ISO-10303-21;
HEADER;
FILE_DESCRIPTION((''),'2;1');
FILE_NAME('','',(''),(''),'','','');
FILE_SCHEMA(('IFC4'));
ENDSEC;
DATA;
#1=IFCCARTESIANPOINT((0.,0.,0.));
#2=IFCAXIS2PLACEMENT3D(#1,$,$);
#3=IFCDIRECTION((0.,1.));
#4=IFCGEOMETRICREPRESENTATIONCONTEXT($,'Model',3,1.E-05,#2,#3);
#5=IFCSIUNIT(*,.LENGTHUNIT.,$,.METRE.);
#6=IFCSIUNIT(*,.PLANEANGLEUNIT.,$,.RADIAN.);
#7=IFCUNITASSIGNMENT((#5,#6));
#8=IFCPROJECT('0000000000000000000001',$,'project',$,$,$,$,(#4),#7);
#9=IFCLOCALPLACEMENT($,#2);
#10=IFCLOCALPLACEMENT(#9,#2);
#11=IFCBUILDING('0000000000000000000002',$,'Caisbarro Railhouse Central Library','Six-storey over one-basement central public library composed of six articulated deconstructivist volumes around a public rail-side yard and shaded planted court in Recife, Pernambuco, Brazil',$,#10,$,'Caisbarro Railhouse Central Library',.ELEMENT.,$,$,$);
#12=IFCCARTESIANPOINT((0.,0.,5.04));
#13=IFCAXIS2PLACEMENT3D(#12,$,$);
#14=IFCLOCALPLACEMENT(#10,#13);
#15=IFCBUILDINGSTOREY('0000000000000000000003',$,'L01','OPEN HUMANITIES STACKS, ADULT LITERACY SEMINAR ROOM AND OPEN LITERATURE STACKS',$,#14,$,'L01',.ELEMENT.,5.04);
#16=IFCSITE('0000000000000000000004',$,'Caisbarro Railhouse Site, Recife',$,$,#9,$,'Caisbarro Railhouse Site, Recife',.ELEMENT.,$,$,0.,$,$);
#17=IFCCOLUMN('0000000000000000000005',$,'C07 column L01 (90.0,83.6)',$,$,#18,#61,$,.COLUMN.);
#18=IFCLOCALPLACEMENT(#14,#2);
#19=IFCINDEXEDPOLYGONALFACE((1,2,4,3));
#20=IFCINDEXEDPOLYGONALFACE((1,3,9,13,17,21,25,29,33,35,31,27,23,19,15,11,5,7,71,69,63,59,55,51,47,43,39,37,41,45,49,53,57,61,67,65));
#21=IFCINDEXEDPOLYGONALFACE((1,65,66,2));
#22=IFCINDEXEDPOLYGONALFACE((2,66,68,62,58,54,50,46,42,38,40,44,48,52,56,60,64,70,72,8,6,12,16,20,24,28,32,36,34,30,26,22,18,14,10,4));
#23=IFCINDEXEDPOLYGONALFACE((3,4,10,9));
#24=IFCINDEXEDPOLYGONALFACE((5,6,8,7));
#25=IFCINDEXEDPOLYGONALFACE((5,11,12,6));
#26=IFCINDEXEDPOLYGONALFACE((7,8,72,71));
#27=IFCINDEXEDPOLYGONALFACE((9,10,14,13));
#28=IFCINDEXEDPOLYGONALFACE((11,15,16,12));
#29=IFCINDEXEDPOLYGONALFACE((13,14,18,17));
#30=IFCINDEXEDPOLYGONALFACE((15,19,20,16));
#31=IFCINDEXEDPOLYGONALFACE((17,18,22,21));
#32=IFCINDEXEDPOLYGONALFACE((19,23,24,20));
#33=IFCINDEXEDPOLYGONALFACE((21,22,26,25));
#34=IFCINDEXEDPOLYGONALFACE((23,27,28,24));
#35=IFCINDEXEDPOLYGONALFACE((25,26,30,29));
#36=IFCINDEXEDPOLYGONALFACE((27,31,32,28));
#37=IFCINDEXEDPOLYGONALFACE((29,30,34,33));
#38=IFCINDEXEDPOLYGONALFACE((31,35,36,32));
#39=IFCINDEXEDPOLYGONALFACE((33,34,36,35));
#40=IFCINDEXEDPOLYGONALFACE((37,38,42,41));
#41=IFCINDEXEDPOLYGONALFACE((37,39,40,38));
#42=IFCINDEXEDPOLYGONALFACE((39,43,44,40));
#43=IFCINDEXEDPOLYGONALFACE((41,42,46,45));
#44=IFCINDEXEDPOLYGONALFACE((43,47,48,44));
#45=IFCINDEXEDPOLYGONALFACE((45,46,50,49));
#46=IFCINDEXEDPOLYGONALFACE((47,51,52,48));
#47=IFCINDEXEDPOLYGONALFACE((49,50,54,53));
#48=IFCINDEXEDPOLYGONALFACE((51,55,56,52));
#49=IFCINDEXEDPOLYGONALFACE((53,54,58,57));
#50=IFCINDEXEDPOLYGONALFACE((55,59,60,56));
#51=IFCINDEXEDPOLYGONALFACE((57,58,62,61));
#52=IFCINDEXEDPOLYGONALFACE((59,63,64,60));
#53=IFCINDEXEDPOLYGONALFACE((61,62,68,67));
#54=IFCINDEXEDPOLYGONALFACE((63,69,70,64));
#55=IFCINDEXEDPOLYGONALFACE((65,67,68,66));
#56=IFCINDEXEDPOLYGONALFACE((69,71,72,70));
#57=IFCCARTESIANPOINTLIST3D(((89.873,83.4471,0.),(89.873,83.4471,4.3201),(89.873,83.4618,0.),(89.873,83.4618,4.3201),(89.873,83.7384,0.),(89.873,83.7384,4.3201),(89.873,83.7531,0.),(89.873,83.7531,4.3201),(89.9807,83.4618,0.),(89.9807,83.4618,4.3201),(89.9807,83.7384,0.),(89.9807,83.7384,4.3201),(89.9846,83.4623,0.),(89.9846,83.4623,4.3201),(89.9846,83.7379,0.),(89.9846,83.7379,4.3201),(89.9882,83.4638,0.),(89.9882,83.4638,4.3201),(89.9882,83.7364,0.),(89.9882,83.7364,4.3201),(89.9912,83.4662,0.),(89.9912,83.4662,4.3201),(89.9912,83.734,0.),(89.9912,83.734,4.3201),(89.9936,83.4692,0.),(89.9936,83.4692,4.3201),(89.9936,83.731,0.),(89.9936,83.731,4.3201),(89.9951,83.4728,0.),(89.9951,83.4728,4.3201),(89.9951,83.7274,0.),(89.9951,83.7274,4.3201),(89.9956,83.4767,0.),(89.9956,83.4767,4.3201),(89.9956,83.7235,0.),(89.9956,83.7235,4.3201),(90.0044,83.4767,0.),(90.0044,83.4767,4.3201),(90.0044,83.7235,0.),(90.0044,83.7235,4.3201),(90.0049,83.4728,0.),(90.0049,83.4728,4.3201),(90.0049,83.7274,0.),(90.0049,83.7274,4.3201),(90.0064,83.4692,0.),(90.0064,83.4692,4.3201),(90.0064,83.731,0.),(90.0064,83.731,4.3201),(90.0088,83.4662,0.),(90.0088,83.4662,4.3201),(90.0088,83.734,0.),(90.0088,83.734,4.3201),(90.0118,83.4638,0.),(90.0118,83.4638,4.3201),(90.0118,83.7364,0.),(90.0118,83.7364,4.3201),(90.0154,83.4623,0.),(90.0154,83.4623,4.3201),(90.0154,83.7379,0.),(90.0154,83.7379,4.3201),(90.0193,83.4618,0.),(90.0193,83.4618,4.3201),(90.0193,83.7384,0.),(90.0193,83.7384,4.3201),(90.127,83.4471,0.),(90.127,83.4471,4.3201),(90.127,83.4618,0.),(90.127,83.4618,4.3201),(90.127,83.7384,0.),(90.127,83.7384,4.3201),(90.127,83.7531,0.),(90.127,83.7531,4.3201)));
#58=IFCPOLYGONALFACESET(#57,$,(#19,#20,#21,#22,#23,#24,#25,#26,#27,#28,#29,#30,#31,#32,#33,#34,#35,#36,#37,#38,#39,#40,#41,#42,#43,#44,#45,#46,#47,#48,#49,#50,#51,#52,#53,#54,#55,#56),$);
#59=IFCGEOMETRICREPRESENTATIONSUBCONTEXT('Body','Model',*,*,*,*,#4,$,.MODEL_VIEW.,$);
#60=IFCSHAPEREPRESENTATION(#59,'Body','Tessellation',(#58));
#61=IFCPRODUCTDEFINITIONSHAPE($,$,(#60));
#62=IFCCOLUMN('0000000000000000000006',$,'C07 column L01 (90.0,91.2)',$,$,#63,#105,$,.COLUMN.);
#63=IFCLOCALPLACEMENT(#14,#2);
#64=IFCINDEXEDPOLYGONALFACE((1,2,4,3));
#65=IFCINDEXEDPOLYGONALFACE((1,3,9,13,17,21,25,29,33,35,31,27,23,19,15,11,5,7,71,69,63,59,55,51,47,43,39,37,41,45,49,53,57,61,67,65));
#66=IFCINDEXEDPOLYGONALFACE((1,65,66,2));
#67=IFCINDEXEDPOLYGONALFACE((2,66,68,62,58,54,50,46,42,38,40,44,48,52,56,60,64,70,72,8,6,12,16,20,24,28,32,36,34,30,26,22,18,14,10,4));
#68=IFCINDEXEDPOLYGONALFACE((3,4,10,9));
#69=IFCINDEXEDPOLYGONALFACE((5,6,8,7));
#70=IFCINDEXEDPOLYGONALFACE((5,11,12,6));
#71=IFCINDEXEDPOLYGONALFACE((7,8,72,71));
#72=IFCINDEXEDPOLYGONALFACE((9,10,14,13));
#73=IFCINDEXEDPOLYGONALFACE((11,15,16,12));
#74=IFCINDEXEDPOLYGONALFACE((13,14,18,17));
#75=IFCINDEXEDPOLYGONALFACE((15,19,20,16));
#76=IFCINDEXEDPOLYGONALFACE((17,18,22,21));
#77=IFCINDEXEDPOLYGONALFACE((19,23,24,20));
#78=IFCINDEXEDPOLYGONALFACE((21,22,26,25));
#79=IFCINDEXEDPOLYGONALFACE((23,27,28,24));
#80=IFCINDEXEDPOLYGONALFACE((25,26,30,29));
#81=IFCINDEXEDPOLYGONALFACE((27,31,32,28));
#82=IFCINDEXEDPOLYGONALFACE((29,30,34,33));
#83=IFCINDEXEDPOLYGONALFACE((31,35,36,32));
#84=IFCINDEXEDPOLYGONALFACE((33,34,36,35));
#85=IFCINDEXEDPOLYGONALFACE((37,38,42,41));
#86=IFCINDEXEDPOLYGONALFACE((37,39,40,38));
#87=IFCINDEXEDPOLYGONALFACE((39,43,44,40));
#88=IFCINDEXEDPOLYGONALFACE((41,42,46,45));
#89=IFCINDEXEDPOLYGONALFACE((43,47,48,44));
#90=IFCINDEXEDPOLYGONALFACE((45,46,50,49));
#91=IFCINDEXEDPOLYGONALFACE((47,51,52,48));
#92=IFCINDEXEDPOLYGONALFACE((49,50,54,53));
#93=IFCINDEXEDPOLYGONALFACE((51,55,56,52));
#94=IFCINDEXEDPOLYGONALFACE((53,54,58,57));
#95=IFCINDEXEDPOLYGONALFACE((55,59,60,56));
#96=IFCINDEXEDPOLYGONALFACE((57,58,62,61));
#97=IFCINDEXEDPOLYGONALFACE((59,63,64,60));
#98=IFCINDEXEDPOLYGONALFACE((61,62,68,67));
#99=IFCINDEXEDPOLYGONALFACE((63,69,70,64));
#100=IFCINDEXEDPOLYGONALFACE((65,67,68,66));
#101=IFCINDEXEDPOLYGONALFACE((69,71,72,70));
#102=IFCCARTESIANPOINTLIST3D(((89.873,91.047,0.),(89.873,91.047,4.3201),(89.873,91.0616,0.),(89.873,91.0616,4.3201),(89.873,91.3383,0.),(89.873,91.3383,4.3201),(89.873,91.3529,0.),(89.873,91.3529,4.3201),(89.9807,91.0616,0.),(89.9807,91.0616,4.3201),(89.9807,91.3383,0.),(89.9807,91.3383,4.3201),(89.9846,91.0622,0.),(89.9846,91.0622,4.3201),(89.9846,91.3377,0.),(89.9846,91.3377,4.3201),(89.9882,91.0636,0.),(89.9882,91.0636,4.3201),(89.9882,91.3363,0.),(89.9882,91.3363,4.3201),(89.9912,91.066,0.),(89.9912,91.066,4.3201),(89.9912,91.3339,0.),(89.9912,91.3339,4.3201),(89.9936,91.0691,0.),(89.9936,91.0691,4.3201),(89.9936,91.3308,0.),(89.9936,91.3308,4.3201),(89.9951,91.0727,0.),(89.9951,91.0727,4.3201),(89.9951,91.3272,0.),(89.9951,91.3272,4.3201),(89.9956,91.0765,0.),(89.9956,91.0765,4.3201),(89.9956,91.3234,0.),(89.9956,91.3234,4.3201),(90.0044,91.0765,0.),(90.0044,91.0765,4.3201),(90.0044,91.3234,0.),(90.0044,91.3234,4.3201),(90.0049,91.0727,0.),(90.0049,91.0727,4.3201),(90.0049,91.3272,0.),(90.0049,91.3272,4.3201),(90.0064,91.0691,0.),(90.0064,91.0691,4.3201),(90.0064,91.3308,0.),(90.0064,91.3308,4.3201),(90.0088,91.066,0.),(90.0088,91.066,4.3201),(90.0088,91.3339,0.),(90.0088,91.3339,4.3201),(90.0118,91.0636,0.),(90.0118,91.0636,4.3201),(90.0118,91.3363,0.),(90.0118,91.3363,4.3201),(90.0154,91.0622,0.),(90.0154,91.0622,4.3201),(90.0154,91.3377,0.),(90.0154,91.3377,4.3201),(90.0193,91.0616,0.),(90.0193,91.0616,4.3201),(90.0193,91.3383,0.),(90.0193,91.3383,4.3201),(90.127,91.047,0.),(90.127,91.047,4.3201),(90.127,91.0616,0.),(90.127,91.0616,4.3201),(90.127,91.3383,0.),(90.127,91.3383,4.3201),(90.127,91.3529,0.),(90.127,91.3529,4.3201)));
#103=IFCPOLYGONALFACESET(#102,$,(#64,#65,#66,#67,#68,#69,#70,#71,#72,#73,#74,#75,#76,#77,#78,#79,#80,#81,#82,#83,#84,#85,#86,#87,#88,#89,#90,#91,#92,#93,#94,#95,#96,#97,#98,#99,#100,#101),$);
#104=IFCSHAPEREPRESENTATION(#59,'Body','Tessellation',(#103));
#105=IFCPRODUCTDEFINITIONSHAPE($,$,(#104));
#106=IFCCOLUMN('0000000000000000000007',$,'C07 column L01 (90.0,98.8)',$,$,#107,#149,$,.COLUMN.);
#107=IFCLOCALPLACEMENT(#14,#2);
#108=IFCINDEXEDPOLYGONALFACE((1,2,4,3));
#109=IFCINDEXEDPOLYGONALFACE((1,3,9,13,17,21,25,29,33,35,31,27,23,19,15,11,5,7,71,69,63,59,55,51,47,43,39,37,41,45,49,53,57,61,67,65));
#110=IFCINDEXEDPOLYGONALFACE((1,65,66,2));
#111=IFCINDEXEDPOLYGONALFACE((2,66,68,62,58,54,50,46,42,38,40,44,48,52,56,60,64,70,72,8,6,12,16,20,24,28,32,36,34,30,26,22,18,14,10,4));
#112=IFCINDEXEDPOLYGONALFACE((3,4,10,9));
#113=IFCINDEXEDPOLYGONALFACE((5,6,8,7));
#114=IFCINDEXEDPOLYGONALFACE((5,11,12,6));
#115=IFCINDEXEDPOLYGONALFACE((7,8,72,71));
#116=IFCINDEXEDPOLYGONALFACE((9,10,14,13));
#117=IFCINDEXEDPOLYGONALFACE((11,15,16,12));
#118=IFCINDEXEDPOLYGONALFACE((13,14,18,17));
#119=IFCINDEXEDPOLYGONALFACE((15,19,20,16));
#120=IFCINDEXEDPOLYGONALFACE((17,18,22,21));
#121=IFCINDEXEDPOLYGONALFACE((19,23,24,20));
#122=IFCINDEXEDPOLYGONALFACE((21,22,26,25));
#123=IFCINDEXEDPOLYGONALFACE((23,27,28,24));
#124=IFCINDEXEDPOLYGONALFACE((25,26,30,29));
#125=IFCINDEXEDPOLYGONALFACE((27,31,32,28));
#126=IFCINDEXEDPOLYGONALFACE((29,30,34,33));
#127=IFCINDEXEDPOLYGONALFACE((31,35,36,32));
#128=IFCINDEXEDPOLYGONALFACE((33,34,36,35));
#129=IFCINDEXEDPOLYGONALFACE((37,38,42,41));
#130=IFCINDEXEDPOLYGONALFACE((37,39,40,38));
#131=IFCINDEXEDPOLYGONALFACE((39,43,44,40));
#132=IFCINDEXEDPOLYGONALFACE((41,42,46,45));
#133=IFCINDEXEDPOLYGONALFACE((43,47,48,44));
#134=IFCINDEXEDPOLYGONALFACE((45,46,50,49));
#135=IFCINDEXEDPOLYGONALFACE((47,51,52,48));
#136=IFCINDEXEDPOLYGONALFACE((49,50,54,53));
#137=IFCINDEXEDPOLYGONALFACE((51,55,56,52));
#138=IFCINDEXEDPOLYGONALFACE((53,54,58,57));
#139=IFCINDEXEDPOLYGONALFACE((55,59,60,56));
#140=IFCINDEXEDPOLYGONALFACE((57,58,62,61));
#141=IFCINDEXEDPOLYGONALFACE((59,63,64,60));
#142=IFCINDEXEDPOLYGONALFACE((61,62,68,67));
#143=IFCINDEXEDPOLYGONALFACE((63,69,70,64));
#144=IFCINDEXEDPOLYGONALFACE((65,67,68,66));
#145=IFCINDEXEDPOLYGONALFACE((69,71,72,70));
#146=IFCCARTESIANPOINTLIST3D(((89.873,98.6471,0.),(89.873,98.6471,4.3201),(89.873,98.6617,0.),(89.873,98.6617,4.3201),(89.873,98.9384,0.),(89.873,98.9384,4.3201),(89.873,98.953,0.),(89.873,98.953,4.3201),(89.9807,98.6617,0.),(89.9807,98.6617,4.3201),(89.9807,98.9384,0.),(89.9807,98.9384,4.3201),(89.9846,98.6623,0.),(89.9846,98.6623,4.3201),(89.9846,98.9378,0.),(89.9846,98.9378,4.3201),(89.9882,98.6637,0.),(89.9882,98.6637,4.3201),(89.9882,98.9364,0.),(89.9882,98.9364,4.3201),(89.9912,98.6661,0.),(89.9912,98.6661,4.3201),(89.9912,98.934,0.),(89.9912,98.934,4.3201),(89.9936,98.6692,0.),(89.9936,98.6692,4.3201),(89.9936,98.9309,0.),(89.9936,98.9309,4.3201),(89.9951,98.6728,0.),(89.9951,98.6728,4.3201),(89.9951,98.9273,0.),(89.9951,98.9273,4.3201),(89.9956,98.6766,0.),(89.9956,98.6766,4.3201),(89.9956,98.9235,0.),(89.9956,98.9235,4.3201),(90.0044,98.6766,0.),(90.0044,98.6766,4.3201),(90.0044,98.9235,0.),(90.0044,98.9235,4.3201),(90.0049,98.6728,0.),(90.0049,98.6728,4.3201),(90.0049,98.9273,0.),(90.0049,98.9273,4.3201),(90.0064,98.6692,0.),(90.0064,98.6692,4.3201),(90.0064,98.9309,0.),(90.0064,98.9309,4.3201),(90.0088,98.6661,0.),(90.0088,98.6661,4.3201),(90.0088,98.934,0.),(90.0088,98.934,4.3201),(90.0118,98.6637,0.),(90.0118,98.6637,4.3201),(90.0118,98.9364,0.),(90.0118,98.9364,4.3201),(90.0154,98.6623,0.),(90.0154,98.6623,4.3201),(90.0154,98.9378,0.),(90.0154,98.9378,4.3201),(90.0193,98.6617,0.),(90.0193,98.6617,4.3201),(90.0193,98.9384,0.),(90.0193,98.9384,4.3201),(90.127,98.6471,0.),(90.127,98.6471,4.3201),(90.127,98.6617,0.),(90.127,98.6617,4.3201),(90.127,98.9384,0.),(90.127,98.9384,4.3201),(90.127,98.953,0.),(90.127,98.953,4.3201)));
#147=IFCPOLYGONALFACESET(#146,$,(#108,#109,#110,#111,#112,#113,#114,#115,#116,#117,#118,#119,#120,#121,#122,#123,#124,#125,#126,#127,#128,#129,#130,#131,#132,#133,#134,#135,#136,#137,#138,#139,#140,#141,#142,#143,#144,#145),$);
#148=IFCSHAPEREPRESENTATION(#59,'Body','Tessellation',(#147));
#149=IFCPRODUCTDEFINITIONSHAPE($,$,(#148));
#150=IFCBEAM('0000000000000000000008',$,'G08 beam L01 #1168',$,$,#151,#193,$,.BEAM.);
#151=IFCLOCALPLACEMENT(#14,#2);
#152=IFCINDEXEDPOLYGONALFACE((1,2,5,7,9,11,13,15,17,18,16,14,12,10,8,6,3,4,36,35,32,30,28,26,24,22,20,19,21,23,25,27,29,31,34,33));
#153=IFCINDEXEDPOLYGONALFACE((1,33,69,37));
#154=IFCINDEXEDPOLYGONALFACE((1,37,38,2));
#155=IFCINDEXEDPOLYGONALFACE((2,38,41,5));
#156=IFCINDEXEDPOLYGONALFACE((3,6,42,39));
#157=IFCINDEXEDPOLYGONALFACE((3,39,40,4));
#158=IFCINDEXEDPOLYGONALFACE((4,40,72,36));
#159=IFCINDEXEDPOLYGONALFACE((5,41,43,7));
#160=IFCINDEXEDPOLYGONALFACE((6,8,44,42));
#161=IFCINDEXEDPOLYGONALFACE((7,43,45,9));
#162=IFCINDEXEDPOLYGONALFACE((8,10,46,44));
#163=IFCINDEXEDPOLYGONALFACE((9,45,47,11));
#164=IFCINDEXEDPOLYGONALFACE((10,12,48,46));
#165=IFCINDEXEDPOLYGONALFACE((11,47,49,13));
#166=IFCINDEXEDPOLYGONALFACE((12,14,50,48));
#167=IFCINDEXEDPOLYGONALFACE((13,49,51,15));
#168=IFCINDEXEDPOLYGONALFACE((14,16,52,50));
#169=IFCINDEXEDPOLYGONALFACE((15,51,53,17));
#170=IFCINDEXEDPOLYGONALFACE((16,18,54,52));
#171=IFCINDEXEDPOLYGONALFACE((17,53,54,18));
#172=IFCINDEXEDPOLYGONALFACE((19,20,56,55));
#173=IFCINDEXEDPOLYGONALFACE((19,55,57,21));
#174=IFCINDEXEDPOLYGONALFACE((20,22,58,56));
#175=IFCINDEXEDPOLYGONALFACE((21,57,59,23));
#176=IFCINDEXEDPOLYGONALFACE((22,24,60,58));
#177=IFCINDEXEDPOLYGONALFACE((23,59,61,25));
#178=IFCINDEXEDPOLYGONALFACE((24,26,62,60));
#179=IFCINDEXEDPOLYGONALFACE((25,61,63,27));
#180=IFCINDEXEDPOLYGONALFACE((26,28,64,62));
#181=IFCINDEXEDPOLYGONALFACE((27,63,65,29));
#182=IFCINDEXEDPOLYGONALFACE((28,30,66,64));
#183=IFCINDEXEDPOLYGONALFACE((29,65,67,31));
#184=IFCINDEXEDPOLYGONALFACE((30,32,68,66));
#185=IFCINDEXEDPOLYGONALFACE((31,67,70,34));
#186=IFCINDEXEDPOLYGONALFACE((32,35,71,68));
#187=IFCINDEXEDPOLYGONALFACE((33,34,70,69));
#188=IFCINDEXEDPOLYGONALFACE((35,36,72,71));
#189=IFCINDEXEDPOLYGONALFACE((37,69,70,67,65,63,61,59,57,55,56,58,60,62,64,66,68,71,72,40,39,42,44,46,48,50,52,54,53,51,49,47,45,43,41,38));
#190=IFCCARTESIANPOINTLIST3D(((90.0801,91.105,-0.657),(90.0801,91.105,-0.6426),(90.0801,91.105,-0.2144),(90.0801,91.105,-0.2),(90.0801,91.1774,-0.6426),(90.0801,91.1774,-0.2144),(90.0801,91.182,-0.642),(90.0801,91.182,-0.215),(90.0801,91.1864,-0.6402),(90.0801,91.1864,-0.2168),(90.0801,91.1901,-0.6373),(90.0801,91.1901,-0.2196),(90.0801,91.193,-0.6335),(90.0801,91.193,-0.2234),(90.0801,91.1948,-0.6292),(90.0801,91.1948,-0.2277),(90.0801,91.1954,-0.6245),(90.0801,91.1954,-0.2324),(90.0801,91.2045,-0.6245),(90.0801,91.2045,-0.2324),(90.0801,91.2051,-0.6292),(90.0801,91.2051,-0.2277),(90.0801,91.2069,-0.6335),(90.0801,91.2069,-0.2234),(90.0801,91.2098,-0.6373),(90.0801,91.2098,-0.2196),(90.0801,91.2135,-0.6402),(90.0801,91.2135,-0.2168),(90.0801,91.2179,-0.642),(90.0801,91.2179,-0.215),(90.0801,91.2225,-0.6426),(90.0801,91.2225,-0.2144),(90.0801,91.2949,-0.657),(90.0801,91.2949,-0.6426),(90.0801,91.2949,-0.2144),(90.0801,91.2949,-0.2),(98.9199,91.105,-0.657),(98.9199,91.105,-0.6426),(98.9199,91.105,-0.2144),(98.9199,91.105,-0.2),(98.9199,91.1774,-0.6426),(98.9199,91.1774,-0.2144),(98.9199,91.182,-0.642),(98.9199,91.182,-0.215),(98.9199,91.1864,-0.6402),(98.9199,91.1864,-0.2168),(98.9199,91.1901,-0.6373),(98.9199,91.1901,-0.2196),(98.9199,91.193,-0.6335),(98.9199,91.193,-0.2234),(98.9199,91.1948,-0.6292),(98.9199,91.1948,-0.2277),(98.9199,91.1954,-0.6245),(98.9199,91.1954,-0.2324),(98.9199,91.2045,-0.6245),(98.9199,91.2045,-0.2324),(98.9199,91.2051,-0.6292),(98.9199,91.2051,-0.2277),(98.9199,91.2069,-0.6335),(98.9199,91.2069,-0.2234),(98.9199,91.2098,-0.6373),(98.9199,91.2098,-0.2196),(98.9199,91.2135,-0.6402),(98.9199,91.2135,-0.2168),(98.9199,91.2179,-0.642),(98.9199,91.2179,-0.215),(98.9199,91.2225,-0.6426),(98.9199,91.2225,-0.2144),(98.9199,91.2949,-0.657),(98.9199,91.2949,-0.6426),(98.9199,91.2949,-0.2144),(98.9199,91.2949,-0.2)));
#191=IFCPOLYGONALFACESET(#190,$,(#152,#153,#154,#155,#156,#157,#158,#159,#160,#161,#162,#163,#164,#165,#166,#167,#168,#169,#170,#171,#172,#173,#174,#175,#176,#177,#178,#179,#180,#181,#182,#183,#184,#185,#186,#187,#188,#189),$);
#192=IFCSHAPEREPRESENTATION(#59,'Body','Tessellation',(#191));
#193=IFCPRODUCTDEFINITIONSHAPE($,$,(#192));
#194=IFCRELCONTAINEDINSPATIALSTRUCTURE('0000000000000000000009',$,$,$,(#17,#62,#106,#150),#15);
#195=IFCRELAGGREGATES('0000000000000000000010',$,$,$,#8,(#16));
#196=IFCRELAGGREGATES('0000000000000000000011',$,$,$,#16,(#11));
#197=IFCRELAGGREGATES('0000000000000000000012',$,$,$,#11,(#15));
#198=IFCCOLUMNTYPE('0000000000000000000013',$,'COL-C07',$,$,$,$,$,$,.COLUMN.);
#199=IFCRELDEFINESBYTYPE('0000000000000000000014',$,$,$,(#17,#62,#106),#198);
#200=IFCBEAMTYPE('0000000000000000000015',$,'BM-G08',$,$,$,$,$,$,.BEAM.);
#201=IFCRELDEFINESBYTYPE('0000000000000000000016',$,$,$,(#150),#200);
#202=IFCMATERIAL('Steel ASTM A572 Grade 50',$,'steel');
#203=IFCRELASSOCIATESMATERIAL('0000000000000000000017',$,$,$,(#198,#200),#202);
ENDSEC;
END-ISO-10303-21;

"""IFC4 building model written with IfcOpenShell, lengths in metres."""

from ifc_helpers import new_model, si_unit, direction, frame, origin, origin_2d, place, context, subcontext, project, spatial, i_section, extrude, material, material_profile, profile_set, type_object, element, save


model = new_model("IFC4")

# Units and contexts
model_context = context("Model", 3, precision=1e-05, world=origin(), true_north=direction((0.0, 1.0)))
body_context = subcontext(model_context, "Body", "Model", "MODEL_VIEW")
ifc_project = project(units=[si_unit("LENGTHUNIT", "METRE"), si_unit("PLANEANGLEUNIT", "RADIAN")], contexts=[model_context])

# Site, building, storey
site_placement = place(None, origin())
site = spatial("IfcSite", under=ifc_project, at=site_placement, Name="Caisbarro Railhouse Site, Recife", LongName="Caisbarro Railhouse Site, Recife", CompositionType="ELEMENT", RefElevation=0.0)
building_placement = place(site_placement, origin())
building = spatial("IfcBuilding", under=site, at=building_placement, Name="Caisbarro Railhouse Central Library", Description="Six-storey over one-basement central public library composed of six articulated deconstructivist volumes around a public rail-side yard and shaded planted court in Recife, Pernambuco, Brazil", LongName="Caisbarro Railhouse Central Library", CompositionType="ELEMENT")
storey_placement = place(building_placement, frame((0.0, 0.0, 5.04)))
storey = spatial("IfcBuildingStorey", under=building, at=storey_placement, Name="L01", Description="OPEN HUMANITIES STACKS, ADULT LITERACY SEMINAR ROOM AND OPEN LITERATURE STACKS", LongName="L01", CompositionType="ELEMENT", Elevation=5.04)

# Columns
ifc_material_1 = material(Name="Steel ASTM A572 Grade 50", Category="steel")
ifc_material_profile_1 = material_profile(ifc_material_1, i_section(OverallWidth=0.2539, OverallDepth=0.3059, WebThickness=0.0088, FlangeThickness=0.0146, FilletRadius=0.0149, at=origin_2d()), Name="W310X79.0")
ifc_profile_set_1 = profile_set([ifc_material_profile_1], Name="Steel ASTM A572 Grade 50")
column_type = type_object("IfcColumnType", Name="COL-C07", PredefinedType="COLUMN", material=ifc_profile_set_1)
for number, where, z_axis, x_axis, name in (
    (1, (90.0, 83.6001, 0.0), (0.0, 0.0, 1.0), (1.0, 0.0, 0.0), "C07 column L01 (90.0,83.6)"),
    (2, (90.0, 91.2, 0.0), (0.0, 0.0, 1.0), (1.0, 0.0, 0.0), "C07 column L01 (90.0,91.2)"),
    (3, (90.0, 98.8, 0.0), (0.0, 0.0, 1.0), (1.0, 0.0, 0.0), "C07 column L01 (90.0,98.8)"),
):
    element("IfcColumn", number, at=place(storey_placement, frame(where, z_axis=z_axis, x_axis=x_axis)), inside=storey, type_object=column_type, Name=name, PredefinedType="COLUMN", context=body_context, shape_type="SweptSolid", body=[
        extrude(i_section(OverallWidth=0.2539, OverallDepth=0.3059, WebThickness=0.0088, FlangeThickness=0.0146, FilletRadius=0.0149, at=origin_2d()), origin(), (0.0, 0.0, 1.0), 4.3201),
    ])

# Beam
ifc_material_profile_2 = material_profile(ifc_material_1, i_section(OverallWidth=0.1899, OverallDepth=0.457, WebThickness=0.009, FlangeThickness=0.0144, FilletRadius=0.0181, at=origin_2d()), Name="W460X74.0")
ifc_profile_set_2 = profile_set([ifc_material_profile_2], Name="Steel ASTM A572 Grade 50")
beam_type_1 = type_object("IfcBeamType", Name="BM-G08", PredefinedType="BEAM", material=ifc_profile_set_2)
for number, where, z_axis, x_axis, name in (
    (4, (90.0801, 91.2, -0.4285), (1.0, 0.0, 0.0), (0.0, 1.0, 0.0), "G08 beam L01 #1168"),
):
    element("IfcBeam", number, at=place(storey_placement, frame(where, z_axis=z_axis, x_axis=x_axis)), inside=storey, type_object=beam_type_1, Name=name, PredefinedType="BEAM", context=body_context, shape_type="SweptSolid", body=[
        extrude(i_section(OverallWidth=0.1899, OverallDepth=0.457, WebThickness=0.009, FlangeThickness=0.0144, FilletRadius=0.0181, at=origin_2d()), origin(), (0.0, 0.0, 1.0), 8.8398),
    ])

save(model, "model.ifc")
